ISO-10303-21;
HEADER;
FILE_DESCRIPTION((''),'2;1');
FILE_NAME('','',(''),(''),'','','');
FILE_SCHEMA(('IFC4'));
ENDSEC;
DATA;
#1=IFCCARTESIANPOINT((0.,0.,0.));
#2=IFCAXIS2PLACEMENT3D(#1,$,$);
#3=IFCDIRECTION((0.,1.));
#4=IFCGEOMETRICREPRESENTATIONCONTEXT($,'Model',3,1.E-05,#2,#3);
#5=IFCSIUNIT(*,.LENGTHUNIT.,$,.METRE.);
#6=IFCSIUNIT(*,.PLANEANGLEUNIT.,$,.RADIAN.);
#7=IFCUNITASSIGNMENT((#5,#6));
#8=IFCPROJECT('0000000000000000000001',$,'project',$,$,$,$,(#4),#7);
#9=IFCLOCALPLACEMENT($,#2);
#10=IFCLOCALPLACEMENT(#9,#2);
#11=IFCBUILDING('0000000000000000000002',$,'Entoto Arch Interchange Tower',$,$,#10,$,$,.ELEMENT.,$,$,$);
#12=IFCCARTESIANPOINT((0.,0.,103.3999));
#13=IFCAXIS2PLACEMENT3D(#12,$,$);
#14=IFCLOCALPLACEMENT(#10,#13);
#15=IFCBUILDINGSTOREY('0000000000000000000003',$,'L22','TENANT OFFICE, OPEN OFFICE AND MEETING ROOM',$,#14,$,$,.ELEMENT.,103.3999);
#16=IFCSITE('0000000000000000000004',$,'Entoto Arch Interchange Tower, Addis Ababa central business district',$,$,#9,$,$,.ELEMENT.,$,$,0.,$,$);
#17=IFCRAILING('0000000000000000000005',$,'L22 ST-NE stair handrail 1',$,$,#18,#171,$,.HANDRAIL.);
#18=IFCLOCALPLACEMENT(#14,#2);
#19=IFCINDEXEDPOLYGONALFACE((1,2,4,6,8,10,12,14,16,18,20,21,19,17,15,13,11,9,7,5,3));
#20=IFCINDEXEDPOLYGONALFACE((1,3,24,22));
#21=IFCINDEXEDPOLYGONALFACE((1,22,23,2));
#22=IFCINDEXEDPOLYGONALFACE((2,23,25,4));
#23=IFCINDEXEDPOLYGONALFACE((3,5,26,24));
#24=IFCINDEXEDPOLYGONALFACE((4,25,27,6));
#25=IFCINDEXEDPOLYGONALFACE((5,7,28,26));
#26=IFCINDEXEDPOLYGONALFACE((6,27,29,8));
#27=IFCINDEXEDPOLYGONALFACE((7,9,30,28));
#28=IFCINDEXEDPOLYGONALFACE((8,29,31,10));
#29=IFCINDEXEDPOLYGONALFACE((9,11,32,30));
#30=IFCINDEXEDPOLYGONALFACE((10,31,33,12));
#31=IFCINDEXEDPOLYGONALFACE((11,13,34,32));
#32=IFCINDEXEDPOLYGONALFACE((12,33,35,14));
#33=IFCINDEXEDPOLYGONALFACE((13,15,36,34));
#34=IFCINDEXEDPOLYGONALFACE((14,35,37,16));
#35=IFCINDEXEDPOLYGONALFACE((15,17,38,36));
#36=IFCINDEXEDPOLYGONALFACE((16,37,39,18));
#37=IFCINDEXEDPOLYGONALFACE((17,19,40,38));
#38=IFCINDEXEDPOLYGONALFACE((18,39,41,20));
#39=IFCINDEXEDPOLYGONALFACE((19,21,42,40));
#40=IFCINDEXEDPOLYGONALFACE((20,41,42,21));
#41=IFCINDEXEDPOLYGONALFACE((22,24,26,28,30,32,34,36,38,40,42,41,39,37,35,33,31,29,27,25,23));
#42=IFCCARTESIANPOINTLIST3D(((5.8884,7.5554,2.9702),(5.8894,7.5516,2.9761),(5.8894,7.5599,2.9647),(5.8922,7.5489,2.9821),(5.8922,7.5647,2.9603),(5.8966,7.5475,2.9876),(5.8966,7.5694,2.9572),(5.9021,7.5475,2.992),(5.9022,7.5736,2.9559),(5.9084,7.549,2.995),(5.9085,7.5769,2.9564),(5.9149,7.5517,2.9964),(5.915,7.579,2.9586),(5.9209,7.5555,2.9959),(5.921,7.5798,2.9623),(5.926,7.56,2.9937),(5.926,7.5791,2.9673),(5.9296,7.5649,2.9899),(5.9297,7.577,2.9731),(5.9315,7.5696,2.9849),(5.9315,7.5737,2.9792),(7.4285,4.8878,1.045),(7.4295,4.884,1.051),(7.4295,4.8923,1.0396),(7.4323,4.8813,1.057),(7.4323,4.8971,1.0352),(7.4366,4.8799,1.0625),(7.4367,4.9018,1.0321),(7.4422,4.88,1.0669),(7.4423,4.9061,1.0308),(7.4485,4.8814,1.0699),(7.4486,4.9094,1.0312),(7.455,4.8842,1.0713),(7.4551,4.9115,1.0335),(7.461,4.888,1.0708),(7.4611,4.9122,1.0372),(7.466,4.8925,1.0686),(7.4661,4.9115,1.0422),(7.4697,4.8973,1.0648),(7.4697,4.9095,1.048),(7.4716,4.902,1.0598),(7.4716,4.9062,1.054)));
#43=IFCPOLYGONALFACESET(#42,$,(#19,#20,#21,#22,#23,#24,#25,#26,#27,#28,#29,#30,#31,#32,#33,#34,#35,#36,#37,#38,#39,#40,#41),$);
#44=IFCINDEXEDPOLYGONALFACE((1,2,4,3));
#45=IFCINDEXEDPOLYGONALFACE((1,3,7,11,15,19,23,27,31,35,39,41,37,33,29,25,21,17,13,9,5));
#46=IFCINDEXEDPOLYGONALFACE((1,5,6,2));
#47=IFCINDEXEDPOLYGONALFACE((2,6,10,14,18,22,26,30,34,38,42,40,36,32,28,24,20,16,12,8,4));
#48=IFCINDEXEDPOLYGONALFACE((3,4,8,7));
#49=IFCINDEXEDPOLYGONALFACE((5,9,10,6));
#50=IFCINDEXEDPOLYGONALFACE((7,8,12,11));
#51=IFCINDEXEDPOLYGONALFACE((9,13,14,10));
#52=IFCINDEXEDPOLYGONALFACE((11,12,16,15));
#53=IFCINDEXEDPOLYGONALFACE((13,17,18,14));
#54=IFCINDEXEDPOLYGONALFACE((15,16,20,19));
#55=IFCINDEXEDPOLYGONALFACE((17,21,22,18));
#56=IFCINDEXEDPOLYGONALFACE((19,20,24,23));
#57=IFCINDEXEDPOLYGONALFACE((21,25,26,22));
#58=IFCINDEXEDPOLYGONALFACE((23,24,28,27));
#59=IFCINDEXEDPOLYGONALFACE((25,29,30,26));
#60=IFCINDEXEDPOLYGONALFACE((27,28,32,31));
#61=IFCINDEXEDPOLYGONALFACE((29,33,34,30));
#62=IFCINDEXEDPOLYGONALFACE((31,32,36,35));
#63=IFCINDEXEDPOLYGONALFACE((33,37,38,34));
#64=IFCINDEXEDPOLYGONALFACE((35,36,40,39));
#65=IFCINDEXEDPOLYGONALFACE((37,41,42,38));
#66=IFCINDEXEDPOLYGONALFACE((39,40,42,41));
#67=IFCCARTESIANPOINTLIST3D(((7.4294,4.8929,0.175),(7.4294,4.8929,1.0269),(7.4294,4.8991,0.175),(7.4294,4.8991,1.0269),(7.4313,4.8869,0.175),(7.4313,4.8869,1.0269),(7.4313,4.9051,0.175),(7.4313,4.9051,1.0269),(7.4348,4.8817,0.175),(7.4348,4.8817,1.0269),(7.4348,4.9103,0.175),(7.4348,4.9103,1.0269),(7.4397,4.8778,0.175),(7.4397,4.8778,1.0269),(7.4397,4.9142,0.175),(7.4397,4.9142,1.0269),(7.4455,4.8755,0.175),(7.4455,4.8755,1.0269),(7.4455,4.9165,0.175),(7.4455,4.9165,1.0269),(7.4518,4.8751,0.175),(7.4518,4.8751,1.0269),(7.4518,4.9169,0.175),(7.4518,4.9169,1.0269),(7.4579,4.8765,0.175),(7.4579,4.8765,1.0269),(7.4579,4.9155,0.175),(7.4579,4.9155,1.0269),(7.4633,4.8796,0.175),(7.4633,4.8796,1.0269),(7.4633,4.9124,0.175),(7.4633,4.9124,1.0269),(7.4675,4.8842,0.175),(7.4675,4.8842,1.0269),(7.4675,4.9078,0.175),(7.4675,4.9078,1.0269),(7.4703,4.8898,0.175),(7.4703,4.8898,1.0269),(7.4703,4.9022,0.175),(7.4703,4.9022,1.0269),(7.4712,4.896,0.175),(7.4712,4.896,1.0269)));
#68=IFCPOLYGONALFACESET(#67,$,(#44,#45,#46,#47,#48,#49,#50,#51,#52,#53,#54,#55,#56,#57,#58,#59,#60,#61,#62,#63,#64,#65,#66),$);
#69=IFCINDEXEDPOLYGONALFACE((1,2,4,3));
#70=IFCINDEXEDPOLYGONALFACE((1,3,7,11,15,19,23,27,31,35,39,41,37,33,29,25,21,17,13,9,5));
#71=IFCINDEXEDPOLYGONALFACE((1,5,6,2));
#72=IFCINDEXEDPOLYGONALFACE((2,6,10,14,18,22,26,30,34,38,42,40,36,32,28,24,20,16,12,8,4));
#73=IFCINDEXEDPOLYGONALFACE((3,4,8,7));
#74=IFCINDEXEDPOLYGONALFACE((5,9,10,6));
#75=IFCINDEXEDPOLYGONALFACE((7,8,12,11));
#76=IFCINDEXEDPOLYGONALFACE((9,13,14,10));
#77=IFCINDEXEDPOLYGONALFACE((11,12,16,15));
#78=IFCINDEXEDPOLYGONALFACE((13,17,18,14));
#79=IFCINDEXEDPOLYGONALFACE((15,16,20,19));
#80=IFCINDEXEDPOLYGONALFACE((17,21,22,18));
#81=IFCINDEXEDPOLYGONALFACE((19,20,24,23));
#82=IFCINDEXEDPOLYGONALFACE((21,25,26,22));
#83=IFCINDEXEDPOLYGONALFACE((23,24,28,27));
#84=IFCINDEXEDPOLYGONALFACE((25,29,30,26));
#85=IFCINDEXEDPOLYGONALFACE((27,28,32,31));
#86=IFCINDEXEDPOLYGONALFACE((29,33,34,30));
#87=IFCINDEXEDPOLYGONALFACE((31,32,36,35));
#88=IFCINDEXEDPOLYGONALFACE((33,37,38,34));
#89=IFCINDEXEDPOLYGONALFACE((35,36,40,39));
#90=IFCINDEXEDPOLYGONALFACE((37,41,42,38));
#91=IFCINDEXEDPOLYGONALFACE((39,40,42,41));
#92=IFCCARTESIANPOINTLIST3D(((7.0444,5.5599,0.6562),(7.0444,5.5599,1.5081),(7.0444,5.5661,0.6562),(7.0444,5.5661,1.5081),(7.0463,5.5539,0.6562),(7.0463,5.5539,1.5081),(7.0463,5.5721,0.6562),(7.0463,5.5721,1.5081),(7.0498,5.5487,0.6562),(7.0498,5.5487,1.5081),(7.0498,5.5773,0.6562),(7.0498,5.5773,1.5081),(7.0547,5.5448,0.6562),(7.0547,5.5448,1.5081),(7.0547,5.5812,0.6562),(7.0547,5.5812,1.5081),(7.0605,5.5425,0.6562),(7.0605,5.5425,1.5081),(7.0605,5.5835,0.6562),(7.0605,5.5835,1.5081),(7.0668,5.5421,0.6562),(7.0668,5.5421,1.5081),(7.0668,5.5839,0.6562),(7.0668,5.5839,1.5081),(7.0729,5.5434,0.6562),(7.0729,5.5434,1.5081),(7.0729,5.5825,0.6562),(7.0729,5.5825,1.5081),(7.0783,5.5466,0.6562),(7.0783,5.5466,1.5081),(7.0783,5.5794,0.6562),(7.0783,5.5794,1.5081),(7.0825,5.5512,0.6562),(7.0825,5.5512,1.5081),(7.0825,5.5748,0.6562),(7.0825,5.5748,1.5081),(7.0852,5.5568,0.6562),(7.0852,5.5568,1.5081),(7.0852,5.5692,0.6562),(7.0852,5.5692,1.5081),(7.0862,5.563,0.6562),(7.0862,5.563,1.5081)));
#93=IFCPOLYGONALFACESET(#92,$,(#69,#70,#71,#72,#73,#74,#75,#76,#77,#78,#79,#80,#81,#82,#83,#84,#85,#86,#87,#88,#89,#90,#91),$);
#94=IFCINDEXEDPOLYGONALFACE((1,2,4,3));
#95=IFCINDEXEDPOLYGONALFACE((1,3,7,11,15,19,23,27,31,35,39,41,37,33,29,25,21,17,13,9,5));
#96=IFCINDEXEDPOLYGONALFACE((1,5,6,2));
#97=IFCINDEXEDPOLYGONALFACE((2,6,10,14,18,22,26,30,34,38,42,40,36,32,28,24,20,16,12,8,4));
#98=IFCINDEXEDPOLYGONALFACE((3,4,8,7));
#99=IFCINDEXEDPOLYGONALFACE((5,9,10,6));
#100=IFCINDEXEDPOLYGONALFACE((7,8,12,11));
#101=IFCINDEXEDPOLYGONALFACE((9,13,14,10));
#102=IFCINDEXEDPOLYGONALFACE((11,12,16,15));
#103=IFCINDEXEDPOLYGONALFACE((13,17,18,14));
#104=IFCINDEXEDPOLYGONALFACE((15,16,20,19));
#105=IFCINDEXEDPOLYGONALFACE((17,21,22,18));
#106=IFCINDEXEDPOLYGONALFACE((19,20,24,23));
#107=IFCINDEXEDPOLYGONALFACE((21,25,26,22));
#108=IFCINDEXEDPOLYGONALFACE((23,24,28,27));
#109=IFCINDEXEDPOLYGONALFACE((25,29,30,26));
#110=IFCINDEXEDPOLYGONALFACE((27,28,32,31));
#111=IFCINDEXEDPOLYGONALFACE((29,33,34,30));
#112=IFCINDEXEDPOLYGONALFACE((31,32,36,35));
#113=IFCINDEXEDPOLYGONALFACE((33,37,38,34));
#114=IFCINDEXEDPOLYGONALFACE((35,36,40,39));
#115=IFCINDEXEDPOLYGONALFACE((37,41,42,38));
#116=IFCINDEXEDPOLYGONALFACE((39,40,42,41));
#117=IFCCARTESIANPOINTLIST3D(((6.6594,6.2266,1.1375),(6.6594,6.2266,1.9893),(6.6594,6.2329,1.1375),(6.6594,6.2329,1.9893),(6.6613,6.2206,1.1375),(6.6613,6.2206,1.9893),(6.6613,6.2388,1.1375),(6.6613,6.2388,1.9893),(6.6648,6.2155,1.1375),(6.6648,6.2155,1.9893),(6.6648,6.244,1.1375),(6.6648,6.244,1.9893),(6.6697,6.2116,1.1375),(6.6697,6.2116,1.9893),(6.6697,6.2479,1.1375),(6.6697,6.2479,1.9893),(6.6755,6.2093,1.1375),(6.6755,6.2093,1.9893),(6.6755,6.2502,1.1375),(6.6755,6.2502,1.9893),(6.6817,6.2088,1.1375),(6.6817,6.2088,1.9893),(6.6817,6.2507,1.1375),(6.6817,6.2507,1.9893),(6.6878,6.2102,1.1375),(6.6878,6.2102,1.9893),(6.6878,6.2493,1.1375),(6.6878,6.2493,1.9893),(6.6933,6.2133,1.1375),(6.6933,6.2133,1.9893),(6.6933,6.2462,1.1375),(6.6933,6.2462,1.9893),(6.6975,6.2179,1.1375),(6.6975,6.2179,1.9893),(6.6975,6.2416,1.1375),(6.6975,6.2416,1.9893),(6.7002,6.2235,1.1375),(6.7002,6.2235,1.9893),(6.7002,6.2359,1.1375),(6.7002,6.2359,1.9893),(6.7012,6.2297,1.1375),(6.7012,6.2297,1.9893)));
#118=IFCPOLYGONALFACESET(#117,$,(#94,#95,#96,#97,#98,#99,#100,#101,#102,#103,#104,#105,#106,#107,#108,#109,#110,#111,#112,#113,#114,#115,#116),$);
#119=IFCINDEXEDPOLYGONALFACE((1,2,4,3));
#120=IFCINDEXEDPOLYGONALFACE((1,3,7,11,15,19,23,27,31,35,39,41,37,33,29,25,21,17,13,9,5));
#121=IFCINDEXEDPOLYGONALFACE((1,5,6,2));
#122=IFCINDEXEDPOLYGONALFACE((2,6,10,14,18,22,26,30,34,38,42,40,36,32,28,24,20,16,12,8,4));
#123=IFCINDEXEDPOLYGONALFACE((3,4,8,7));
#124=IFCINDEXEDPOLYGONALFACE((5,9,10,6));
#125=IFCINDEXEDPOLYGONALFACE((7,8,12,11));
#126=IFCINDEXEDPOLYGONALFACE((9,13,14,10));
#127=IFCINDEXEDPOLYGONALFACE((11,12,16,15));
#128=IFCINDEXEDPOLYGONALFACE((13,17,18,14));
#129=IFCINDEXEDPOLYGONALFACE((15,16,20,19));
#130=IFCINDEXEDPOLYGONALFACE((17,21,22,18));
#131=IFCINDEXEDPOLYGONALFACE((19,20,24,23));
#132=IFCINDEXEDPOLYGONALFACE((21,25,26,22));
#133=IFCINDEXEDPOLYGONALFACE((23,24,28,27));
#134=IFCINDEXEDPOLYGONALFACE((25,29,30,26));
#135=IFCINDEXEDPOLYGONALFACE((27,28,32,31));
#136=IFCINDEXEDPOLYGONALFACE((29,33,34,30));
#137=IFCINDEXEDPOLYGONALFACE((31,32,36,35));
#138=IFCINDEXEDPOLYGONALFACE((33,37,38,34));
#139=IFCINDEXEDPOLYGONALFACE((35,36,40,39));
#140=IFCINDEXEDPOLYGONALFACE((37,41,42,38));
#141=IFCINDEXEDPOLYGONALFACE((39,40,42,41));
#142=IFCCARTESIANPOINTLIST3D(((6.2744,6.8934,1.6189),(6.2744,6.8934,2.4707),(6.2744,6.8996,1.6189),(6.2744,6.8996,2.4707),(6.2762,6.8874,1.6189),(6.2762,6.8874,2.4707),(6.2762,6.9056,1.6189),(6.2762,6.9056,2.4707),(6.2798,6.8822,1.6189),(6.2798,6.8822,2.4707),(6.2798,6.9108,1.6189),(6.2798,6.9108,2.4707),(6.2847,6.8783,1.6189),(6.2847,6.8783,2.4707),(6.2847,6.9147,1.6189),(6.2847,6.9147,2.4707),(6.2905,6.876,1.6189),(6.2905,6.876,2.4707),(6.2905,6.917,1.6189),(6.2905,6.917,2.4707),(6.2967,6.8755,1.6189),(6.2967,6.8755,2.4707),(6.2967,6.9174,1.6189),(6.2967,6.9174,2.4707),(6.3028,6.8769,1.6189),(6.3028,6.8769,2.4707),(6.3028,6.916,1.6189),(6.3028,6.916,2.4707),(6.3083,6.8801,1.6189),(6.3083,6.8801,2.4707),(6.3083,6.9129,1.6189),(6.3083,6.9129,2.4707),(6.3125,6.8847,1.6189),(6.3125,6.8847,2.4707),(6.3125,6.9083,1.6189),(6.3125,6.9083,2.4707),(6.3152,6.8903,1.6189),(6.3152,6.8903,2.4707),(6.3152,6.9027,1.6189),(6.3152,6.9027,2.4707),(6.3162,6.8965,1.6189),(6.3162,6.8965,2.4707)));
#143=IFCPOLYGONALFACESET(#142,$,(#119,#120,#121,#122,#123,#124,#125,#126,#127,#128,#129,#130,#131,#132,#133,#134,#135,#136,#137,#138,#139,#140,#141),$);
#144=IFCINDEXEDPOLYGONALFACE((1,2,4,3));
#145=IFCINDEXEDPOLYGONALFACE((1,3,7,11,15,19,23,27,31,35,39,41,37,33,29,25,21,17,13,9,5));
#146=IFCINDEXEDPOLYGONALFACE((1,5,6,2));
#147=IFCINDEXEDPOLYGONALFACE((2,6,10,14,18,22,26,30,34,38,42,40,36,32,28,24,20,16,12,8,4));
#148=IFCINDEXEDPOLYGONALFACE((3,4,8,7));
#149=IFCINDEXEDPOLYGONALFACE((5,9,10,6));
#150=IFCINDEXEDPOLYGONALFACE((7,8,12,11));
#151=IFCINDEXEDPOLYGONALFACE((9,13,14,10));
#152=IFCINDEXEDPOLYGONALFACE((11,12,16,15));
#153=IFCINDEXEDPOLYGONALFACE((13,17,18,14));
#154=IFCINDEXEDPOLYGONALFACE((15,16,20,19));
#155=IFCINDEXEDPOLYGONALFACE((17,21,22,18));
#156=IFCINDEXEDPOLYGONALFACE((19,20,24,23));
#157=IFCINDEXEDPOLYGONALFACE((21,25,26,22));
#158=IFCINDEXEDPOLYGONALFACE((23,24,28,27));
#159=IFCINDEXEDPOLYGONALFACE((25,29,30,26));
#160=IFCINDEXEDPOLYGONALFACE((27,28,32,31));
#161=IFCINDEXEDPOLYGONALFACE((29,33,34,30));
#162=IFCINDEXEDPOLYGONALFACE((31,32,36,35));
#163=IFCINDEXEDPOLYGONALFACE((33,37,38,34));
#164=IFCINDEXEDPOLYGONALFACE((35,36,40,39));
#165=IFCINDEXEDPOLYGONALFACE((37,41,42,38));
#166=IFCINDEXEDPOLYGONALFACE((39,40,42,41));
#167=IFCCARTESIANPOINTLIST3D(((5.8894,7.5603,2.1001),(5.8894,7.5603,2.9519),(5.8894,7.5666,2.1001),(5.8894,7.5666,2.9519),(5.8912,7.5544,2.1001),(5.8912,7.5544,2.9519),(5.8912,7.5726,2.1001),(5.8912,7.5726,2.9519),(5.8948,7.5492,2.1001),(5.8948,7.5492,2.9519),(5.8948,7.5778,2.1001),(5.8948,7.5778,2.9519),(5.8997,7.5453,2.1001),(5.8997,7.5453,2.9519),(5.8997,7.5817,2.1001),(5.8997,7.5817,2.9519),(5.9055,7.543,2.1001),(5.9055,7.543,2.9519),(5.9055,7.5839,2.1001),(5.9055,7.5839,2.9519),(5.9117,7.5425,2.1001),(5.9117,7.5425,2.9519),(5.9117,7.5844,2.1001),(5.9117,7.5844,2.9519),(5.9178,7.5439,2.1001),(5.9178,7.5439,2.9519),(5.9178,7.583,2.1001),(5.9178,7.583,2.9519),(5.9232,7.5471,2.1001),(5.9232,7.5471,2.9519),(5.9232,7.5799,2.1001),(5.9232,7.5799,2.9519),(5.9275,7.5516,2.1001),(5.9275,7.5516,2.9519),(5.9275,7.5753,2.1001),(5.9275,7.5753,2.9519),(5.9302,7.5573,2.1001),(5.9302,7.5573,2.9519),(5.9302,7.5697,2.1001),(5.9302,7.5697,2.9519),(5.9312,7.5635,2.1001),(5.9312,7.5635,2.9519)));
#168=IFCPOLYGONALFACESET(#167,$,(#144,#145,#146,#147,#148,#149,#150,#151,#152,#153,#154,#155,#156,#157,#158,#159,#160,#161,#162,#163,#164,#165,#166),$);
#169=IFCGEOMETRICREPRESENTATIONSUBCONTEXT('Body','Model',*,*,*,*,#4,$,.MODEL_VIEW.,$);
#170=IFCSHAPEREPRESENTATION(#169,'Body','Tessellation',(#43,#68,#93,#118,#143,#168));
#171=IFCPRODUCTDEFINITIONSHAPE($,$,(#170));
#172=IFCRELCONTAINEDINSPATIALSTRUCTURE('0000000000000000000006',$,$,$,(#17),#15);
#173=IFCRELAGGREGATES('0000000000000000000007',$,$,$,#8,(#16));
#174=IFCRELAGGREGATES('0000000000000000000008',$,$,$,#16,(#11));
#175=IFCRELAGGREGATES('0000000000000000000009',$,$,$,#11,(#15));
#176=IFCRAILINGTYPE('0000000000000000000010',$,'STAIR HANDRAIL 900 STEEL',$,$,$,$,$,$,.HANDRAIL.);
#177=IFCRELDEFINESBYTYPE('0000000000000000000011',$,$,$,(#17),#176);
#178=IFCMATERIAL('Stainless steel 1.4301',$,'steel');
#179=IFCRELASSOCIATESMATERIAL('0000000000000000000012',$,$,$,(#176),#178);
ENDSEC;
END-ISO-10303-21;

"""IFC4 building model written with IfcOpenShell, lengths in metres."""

from ifc_helpers import new_model, si_unit, direction, frame, origin, origin_2d, place, context, subcontext, project, spatial, circle, extrude, material, type_object, element, save


model = new_model("IFC4")

# Units and contexts
model_context = context("Model", 3, precision=1e-05, world=origin(), true_north=direction((0.0, 1.0)))
body_context = subcontext(model_context, "Body", "Model", "MODEL_VIEW")
ifc_project = project(units=[si_unit("LENGTHUNIT", "METRE"), si_unit("PLANEANGLEUNIT", "RADIAN")], contexts=[model_context])

# Site, building, storey
site_placement = place(None, origin())
site = spatial("IfcSite", under=ifc_project, at=site_placement, Name="Entoto Arch Interchange Tower, Addis Ababa central business district", CompositionType="ELEMENT", RefElevation=0.0)
building_placement = place(site_placement, origin())
building = spatial("IfcBuilding", under=site, at=building_placement, Name="Entoto Arch Interchange Tower", CompositionType="ELEMENT")
storey_placement = place(building_placement, frame((0.0, 0.0, 103.3999)))
storey = spatial("IfcBuildingStorey", under=building, at=storey_placement, Name="L22", Description="TENANT OFFICE, OPEN OFFICE AND MEETING ROOM", CompositionType="ELEMENT", Elevation=103.3999)

# Railing
ifc_material_1 = material(Name="Stainless steel 1.4301", Category="steel")
railing_type_1 = type_object("IfcRailingType", Name="STAIR HANDRAIL 900 STEEL", PredefinedType="HANDRAIL", material=ifc_material_1)
railing_1_placement = place(storey_placement, frame((7.4502, 4.896, 0.175)))
element("IfcRailing", 1, at=railing_1_placement, inside=storey, type_object=railing_type_1, Name="L22 ST-NE stair handrail 1", PredefinedType="HANDRAIL", context=body_context, shape_type="SweptSolid", body=[
    extrude(circle(Radius=0.0239, at=origin_2d()), frame((0.0, 0.0, 0.876), z_axis=(-0.423994, 0.734395, 0.529993), x_axis=(-0.86603, -0.499992, 0.0)), (0.0, 0.0, 1.0), 3.6323),
    extrude(circle(Radius=0.021, at=origin_2d()), origin(), (0.0, 0.0, 1.0), 0.8518),
    extrude(circle(Radius=0.021, at=origin_2d()), frame((-0.385, 0.667, 0.4812)), (0.0, 0.0, 1.0), 0.8518),
    extrude(circle(Radius=0.021, at=origin_2d()), frame((-0.77, 1.3337, 0.9624)), (0.0, 0.0, 1.0), 0.8518),
    extrude(circle(Radius=0.021, at=origin_2d()), frame((-1.155, 2.0005, 1.4438)), (0.0, 0.0, 1.0), 0.8518),
    extrude(circle(Radius=0.021, at=origin_2d()), frame((-1.54, 2.6675, 1.925)), (0.0, 0.0, 1.0), 0.8518),
])

save(model, "model.ifc")
